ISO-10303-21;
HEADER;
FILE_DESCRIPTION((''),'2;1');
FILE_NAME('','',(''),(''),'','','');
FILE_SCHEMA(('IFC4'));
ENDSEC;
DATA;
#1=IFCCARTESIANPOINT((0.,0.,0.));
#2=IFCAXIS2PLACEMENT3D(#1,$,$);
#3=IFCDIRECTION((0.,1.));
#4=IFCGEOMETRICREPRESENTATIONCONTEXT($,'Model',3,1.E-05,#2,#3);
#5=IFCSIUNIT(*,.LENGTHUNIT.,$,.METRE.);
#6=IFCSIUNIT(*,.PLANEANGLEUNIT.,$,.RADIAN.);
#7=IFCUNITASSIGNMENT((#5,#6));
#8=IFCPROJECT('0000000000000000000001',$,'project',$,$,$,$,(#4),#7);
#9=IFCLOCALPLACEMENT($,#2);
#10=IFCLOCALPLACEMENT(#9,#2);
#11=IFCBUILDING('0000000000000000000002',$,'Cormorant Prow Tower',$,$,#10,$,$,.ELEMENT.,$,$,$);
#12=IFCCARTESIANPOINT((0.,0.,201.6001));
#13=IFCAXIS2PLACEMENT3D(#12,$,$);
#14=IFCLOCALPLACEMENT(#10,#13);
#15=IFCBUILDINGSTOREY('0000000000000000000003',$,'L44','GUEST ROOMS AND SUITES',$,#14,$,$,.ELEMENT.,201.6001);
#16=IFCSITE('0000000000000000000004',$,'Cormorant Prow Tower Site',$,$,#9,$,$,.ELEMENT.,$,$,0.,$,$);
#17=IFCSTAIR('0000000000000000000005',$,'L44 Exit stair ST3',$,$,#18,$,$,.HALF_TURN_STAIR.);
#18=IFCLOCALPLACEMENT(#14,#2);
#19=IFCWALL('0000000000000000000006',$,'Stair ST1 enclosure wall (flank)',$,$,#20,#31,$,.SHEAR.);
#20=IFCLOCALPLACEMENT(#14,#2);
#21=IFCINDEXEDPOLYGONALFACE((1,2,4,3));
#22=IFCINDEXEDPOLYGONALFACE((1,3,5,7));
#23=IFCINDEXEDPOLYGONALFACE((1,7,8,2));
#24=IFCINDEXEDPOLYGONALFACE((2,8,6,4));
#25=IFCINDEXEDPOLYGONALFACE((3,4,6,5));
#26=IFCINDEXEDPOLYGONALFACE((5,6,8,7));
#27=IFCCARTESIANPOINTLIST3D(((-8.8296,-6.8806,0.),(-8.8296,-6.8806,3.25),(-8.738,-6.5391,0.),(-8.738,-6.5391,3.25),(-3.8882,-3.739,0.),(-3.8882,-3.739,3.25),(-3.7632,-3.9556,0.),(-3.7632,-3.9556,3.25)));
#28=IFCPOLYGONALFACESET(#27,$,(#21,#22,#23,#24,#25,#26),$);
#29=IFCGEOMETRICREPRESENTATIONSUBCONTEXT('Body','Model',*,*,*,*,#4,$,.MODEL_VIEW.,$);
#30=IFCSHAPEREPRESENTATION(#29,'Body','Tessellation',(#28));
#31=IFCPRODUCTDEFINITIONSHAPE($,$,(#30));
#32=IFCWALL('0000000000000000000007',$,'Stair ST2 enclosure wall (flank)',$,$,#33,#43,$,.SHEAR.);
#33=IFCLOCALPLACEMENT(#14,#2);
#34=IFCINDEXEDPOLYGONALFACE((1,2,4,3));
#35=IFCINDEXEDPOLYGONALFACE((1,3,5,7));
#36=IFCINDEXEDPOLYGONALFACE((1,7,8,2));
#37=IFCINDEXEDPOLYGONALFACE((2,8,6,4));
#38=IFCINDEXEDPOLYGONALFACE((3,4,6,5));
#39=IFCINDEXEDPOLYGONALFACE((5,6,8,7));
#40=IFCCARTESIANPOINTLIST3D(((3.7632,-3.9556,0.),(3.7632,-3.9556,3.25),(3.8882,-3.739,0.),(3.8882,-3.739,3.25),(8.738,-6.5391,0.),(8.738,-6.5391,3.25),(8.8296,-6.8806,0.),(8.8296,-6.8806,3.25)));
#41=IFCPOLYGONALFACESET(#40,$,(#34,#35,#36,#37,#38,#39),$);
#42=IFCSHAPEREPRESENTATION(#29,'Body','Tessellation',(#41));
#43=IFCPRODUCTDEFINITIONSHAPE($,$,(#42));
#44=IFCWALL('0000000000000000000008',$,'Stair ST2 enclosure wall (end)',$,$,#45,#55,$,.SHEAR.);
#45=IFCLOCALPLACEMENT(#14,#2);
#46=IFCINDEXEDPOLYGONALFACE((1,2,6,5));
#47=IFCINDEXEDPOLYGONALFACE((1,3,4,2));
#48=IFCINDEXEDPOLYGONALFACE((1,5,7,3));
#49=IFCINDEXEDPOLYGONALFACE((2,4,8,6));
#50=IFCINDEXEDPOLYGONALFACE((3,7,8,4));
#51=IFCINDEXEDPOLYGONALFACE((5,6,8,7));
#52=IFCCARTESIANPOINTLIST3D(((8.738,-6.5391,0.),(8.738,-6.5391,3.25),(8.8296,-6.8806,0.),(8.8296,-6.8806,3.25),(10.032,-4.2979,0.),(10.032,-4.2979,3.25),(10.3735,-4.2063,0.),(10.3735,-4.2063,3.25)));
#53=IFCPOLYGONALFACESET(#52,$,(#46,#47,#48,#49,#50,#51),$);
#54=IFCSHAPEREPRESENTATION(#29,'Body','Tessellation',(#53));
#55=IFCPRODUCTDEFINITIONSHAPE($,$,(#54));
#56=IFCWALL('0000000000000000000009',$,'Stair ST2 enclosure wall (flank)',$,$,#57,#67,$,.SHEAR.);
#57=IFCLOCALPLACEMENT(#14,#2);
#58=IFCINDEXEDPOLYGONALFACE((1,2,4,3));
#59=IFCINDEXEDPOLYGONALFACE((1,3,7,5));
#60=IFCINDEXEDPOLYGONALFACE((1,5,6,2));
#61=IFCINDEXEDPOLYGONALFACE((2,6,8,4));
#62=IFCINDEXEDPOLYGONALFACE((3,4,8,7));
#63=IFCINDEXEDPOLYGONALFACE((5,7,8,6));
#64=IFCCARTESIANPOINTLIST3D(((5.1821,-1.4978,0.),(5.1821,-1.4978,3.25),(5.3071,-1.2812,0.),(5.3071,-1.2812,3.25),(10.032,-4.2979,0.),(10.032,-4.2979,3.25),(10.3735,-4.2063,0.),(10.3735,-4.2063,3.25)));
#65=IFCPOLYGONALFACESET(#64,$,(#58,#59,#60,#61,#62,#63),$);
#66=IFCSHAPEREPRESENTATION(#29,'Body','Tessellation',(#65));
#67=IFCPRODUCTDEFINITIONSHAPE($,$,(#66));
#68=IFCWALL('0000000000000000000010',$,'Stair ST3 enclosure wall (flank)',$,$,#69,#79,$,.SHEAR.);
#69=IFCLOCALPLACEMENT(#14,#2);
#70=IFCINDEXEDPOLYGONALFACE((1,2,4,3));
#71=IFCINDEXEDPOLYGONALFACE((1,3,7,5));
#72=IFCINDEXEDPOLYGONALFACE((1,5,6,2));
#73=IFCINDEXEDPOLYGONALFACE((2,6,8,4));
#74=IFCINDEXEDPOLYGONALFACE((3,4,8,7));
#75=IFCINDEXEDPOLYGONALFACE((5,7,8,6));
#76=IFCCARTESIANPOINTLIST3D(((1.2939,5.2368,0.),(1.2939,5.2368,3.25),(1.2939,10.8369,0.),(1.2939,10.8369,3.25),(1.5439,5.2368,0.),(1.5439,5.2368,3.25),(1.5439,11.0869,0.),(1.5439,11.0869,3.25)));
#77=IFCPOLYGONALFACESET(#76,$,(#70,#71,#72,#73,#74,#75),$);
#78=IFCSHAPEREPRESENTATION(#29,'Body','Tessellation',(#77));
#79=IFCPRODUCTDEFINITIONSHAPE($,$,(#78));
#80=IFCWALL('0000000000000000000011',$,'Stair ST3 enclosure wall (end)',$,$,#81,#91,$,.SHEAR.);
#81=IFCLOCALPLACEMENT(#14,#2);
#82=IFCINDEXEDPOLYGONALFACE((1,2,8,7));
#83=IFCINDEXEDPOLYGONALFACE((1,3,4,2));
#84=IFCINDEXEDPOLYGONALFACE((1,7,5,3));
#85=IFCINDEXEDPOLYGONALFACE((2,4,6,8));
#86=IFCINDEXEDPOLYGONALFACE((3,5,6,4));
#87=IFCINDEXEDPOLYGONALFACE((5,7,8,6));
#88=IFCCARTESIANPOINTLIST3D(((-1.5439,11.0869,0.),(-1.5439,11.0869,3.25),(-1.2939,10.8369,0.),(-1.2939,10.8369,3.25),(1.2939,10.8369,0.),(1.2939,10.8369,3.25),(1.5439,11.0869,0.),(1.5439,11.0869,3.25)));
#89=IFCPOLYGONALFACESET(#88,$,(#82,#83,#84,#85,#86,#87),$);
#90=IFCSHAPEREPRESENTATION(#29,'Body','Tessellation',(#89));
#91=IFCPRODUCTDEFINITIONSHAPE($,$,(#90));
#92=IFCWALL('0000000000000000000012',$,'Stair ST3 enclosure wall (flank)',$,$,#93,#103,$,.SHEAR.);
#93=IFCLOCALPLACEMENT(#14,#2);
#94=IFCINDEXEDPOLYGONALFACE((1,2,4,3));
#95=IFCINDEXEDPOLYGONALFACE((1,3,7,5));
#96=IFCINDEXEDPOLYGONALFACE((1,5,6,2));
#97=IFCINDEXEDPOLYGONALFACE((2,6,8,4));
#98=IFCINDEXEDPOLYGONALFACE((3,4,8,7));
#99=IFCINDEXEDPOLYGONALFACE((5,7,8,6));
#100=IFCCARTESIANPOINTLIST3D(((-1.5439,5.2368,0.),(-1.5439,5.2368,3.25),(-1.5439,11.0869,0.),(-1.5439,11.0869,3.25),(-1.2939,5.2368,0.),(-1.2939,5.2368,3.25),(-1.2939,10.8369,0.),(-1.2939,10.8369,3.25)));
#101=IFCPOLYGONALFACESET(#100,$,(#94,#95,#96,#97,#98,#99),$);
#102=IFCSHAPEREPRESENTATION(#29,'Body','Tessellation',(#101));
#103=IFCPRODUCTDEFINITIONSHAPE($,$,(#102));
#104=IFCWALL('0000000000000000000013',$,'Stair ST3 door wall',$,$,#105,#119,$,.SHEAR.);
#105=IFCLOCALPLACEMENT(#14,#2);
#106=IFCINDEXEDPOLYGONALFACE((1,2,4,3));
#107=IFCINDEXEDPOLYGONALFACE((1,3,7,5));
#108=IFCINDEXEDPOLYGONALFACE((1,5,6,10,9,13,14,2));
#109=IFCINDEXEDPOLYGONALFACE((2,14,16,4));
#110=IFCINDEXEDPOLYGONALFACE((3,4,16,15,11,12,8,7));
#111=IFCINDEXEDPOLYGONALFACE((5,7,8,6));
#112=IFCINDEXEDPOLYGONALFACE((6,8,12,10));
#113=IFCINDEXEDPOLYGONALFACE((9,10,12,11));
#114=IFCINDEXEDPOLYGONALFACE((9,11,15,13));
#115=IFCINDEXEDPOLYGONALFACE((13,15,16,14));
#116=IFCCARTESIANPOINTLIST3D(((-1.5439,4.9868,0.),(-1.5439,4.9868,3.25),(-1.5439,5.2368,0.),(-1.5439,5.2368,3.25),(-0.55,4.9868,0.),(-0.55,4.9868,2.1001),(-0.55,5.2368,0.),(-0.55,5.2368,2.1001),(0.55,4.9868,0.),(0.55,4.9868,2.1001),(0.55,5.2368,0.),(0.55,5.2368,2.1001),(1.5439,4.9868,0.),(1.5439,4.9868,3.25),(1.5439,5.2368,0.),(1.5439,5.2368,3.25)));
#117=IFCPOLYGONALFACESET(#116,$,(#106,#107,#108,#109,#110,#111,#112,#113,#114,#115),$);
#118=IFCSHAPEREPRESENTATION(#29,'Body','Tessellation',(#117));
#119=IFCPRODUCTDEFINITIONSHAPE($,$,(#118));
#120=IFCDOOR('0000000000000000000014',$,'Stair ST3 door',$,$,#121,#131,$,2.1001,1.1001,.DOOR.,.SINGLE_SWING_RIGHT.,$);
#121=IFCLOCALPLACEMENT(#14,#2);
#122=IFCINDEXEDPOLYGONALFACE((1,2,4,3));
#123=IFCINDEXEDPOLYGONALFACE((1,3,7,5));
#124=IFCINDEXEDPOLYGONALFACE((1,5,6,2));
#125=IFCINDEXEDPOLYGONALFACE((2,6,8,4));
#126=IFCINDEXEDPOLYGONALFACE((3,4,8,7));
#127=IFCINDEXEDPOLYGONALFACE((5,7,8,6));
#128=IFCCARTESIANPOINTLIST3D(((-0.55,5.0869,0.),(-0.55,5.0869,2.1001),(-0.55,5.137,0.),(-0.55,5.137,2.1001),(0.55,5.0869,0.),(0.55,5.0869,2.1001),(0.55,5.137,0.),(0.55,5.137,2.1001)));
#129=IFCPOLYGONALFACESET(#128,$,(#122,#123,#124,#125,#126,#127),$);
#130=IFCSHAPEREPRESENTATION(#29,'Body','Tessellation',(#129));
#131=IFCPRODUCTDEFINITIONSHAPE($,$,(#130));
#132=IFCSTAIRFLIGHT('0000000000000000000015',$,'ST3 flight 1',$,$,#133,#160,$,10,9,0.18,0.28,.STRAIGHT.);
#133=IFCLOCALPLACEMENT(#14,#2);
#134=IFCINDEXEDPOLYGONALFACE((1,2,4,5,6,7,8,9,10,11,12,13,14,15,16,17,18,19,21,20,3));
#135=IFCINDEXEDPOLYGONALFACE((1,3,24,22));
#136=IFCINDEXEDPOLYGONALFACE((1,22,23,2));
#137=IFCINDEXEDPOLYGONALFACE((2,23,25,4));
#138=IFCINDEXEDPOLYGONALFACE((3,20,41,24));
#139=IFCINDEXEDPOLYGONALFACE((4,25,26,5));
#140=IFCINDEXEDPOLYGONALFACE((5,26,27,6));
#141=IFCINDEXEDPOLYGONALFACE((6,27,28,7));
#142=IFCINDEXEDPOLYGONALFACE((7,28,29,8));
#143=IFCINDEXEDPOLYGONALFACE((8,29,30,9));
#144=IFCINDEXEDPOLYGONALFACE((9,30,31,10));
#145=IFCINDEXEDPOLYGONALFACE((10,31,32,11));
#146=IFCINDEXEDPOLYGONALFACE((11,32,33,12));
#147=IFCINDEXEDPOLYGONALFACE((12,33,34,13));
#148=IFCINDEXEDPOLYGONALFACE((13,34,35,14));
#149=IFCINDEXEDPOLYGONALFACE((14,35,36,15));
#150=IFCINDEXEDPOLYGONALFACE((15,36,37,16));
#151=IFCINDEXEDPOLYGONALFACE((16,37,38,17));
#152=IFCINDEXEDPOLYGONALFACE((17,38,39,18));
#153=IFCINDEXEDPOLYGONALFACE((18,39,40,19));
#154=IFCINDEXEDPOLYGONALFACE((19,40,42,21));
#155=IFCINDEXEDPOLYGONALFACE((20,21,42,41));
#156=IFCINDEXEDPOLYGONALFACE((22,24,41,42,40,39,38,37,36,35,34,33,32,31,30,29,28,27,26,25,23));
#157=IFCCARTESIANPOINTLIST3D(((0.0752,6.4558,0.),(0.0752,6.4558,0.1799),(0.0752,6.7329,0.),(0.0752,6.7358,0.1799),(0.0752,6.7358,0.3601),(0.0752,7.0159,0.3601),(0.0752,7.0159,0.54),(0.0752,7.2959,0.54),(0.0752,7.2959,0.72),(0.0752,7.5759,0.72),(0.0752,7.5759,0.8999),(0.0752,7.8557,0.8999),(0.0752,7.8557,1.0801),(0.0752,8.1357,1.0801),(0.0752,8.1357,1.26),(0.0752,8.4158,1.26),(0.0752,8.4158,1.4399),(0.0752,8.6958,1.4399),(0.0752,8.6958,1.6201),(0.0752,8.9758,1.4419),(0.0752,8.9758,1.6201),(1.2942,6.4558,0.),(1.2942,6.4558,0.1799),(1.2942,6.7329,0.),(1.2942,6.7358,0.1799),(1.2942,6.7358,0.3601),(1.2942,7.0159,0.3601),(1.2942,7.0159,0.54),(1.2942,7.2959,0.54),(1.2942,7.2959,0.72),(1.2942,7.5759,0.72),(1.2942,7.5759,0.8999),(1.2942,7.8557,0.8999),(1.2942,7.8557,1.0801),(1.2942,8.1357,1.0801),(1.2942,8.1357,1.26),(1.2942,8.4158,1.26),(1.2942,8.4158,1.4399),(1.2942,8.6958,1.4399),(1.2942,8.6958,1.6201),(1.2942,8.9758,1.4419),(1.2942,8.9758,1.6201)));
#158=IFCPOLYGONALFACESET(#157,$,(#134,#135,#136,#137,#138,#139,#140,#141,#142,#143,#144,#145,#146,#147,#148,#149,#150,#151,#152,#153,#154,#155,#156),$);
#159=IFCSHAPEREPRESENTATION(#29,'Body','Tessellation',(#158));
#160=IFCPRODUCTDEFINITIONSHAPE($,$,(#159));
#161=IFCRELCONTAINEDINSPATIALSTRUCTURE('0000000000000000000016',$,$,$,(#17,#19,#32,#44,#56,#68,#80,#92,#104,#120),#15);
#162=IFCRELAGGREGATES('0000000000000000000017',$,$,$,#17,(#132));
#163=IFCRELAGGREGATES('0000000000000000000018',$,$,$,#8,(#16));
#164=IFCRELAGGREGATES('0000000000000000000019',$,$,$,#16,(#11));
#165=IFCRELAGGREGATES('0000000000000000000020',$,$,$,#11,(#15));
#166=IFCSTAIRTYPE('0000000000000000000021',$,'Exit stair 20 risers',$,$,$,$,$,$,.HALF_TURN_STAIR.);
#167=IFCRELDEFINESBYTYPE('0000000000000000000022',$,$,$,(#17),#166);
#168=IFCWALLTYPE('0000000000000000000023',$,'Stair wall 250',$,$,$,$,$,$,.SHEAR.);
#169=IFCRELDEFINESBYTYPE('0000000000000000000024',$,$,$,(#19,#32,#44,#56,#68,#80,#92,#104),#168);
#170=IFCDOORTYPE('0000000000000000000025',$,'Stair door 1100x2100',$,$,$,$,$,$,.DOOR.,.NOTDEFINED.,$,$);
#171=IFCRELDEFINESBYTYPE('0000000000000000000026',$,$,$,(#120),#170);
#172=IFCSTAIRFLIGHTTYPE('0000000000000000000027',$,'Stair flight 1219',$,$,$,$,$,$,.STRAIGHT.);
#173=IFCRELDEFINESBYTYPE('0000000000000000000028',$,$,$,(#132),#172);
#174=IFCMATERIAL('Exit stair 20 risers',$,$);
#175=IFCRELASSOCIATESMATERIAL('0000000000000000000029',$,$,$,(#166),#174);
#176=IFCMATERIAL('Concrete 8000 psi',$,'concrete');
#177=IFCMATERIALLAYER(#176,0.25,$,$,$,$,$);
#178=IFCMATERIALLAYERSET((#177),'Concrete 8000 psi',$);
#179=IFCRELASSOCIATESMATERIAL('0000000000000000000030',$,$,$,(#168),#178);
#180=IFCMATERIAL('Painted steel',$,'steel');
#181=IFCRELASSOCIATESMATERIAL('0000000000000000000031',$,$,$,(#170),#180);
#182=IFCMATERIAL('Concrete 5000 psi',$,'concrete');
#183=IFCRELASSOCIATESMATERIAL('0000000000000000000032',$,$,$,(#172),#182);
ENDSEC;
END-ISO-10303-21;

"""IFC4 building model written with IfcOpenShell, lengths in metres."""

from ifc_helpers import new_model, si_unit, direction, frame, frame_2d, origin, place, context, subcontext, project, spatial, polyline, rectangle, outline, extrude, material, layer, layer_set, type_object, element, fill, aggregate, save


model = new_model("IFC4")

# Units and contexts
model_context = context("Model", 3, precision=1e-05, world=origin(), true_north=direction((0.0, 1.0)))
body_context = subcontext(model_context, "Body", "Model", "MODEL_VIEW")
ifc_project = project(units=[si_unit("LENGTHUNIT", "METRE"), si_unit("PLANEANGLEUNIT", "RADIAN")], contexts=[model_context])

# Site, building, storey
site_placement = place(None, origin())
site = spatial("IfcSite", under=ifc_project, at=site_placement, Name="Cormorant Prow Tower Site", CompositionType="ELEMENT", RefElevation=0.0)
building_placement = place(site_placement, origin())
building = spatial("IfcBuilding", under=site, at=building_placement, Name="Cormorant Prow Tower", CompositionType="ELEMENT")
storey_placement = place(building_placement, frame((0.0, 0.0, 201.6001)))
storey = spatial("IfcBuildingStorey", under=building, at=storey_placement, Name="L44", Description="GUEST ROOMS AND SUITES", CompositionType="ELEMENT", Elevation=201.6001)

# Stair
ifc_material_1 = material(Name="Exit stair 20 risers")
stair_type = type_object("IfcStairType", Name="Exit stair 20 risers", PredefinedType="HALF_TURN_STAIR", material=ifc_material_1)
stair_1_placement = place(storey_placement, origin())
stair_1 = element("IfcStair", 1, at=stair_1_placement, inside=storey, type_object=stair_type, Name="L44 Exit stair ST3", PredefinedType="HALF_TURN_STAIR")

# Walls
ifc_material_2 = material(Name="Concrete 8000 psi", Category="concrete")
ifc_layer_1 = layer(ifc_material_2, 0.25)
ifc_layer_set_1 = layer_set([ifc_layer_1], Name="Concrete 8000 psi")
wall_type_1 = type_object("IfcWallType", Name="Stair wall 250", PredefinedType="SHEAR", material=ifc_layer_set_1)
wall_1_placement = place(storey_placement, origin())
element("IfcWall", 2, at=wall_1_placement, inside=storey, type_object=wall_type_1, Name="Stair ST1 enclosure wall (flank)", PredefinedType="SHEAR", context=body_context, shape_type="SweptSolid", body=[
    extrude(outline(polyline([(-8.738, -6.5391), (-8.8296, -6.8806), (-3.7632, -3.9556), (-3.8882, -3.739), (-8.738, -6.5391)])), origin(), (0.0, 0.0, 1.0), 3.25),
])
wall_2_placement = place(storey_placement, origin())
element("IfcWall", 3, at=wall_2_placement, inside=storey, type_object=wall_type_1, Name="Stair ST2 enclosure wall (flank)", PredefinedType="SHEAR", context=body_context, shape_type="SweptSolid", body=[
    extrude(outline(polyline([(3.7632, -3.9556), (8.8296, -6.8806), (8.738, -6.5391), (3.8882, -3.739), (3.7632, -3.9556)])), origin(), (0.0, 0.0, 1.0), 3.25),
])
wall_3_placement = place(storey_placement, origin())
element("IfcWall", 4, at=wall_3_placement, inside=storey, type_object=wall_type_1, Name="Stair ST2 enclosure wall (end)", PredefinedType="SHEAR", context=body_context, shape_type="SweptSolid", body=[
    extrude(outline(polyline([(8.8296, -6.8806), (10.3735, -4.2063), (10.032, -4.2979), (8.738, -6.5391), (8.8296, -6.8806)])), origin(), (0.0, 0.0, 1.0), 3.25),
])
wall_4_placement = place(storey_placement, origin())
element("IfcWall", 5, at=wall_4_placement, inside=storey, type_object=wall_type_1, Name="Stair ST2 enclosure wall (flank)", PredefinedType="SHEAR", context=body_context, shape_type="SweptSolid", body=[
    extrude(outline(polyline([(10.032, -4.2979), (10.3735, -4.2063), (5.3071, -1.2812), (5.1821, -1.4978), (10.032, -4.2979)])), origin(), (0.0, 0.0, 1.0), 3.25),
])
wall_5_placement = place(storey_placement, origin())
element("IfcWall", 6, at=wall_5_placement, inside=storey, type_object=wall_type_1, Name="Stair ST3 enclosure wall (flank)", PredefinedType="SHEAR", context=body_context, shape_type="SweptSolid", body=[
    extrude(outline(polyline([(1.5439, 5.2368), (1.5439, 11.0869), (1.2939, 10.8369), (1.2939, 5.2368), (1.5439, 5.2368)])), origin(), (0.0, 0.0, 1.0), 3.25),
])
wall_6_placement = place(storey_placement, origin())
element("IfcWall", 7, at=wall_6_placement, inside=storey, type_object=wall_type_1, Name="Stair ST3 enclosure wall (end)", PredefinedType="SHEAR", context=body_context, shape_type="SweptSolid", body=[
    extrude(outline(polyline([(1.5439, 11.0869), (-1.5439, 11.0869), (-1.2939, 10.8369), (1.2939, 10.8369), (1.5439, 11.0869)])), origin(), (0.0, 0.0, 1.0), 3.25),
])
wall_7_placement = place(storey_placement, origin())
element("IfcWall", 8, at=wall_7_placement, inside=storey, type_object=wall_type_1, Name="Stair ST3 enclosure wall (flank)", PredefinedType="SHEAR", context=body_context, shape_type="SweptSolid", body=[
    extrude(outline(polyline([(-1.2939, 10.8369), (-1.5439, 11.0869), (-1.5439, 5.2368), (-1.2939, 5.2368), (-1.2939, 10.8369)])), origin(), (0.0, 0.0, 1.0), 3.25),
])

# Wall, opening, door
wall_8_placement = place(storey_placement, frame((1.5439, 5.1118, 0.0), z_axis=(0.0, 0.0, 1.0), x_axis=(-1.0, 0.0, 0.0)))
wall_8 = element("IfcWall", 9, at=wall_8_placement, inside=storey, type_object=wall_type_1, Name="Stair ST3 door wall", PredefinedType="SHEAR", context=body_context, shape_type="SweptSolid", body=[
    extrude(rectangle(XDim=3.0879, YDim=0.25, at=frame_2d((1.5439, 0.0))), origin(), (0.0, 0.0, 1.0), 3.25),
])
opening_1_placement = place(wall_8_placement, frame((0.9939, 0.0, 0.0)))
opening_1 = element("IfcOpeningElement", 10, at=opening_1_placement, cuts=wall_8, PredefinedType="OPENING", context=body_context, shape_type="SweptSolid", body=[
    extrude(rectangle(XDim=1.1001, YDim=2.1001, at=frame_2d((0.55, 1.05))), frame((0.0, 0.135, 0.0), z_axis=(0.0, -1.0, 0.0), x_axis=(1.0, 0.0, 0.0)), (0.0, 0.0, 1.0), 0.27),
])
ifc_material_3 = material(Name="Painted steel", Category="steel")
door_type_1 = type_object("IfcDoorType", Name="Stair door 1100x2100", OperationType="NOTDEFINED", PredefinedType="DOOR", material=ifc_material_3)
door_1_placement = place(opening_1_placement, origin())
door_1 = element("IfcDoor", 11, at=door_1_placement, inside=storey, type_object=door_type_1, Name="Stair ST3 door", OperationType="SINGLE_SWING_RIGHT", OverallHeight=2.1001, OverallWidth=1.1001, PredefinedType="DOOR", context=body_context, shape_type="SweptSolid", body=[
    extrude(rectangle(XDim=1.1001, YDim=2.1001, at=frame_2d((0.55, 1.05))), frame((0.0, 0.0249, 0.0), z_axis=(0.0, -1.0, 0.0), x_axis=(1.0, 0.0, 0.0)), (0.0, 0.0, 1.0), 0.05),
])
fill(opening_1, door_1)

# Stair flight
ifc_material_4 = material(Name="Concrete 5000 psi", Category="concrete")
stair_flight_type = type_object("IfcStairFlightType", Name="Stair flight 1219", PredefinedType="STRAIGHT", material=ifc_material_4)
stair_flight_placement = place(storey_placement, frame((0.6846, 6.4558, 0.0), z_axis=(0.0, 0.0, 1.0), x_axis=(0.0, 1.0, 0.0)))
stair_flight = element("IfcStairFlight", 12, at=stair_flight_placement, type_object=stair_flight_type, Name="ST3 flight 1", NumberOfRisers=10, NumberOfTreads=9, PredefinedType="STRAIGHT", RiserHeight=0.18, TreadLength=0.28, context=body_context, shape_type="SweptSolid", body=[
    extrude(outline(polyline([(0.0, 0.0), (0.0, 0.1799), (0.28, 0.1799), (0.28, 0.3601), (0.5601, 0.3601), (0.5601, 0.54), (0.8401, 0.54), (0.8401, 0.72), (1.1201, 0.72), (1.1201, 0.8999), (1.3999, 0.8999), (1.3999, 1.0801), (1.6799, 1.0801), (1.6799, 1.26), (1.96, 1.26), (1.96, 1.4399), (2.24, 1.4399), (2.24, 1.6201), (2.52, 1.6201), (2.52, 1.8), (2.52, 1.4419), (0.2771, 0.0), (0.0, 0.0)])), frame((0.0, 0.6094, 0.0), z_axis=(0.0, -1.0, 0.0), x_axis=(1.0, 0.0, 0.0)), (0.0, 0.0, 1.0), 1.219),
])
aggregate(stair_1, [stair_flight])

save(model, "model.ifc")
